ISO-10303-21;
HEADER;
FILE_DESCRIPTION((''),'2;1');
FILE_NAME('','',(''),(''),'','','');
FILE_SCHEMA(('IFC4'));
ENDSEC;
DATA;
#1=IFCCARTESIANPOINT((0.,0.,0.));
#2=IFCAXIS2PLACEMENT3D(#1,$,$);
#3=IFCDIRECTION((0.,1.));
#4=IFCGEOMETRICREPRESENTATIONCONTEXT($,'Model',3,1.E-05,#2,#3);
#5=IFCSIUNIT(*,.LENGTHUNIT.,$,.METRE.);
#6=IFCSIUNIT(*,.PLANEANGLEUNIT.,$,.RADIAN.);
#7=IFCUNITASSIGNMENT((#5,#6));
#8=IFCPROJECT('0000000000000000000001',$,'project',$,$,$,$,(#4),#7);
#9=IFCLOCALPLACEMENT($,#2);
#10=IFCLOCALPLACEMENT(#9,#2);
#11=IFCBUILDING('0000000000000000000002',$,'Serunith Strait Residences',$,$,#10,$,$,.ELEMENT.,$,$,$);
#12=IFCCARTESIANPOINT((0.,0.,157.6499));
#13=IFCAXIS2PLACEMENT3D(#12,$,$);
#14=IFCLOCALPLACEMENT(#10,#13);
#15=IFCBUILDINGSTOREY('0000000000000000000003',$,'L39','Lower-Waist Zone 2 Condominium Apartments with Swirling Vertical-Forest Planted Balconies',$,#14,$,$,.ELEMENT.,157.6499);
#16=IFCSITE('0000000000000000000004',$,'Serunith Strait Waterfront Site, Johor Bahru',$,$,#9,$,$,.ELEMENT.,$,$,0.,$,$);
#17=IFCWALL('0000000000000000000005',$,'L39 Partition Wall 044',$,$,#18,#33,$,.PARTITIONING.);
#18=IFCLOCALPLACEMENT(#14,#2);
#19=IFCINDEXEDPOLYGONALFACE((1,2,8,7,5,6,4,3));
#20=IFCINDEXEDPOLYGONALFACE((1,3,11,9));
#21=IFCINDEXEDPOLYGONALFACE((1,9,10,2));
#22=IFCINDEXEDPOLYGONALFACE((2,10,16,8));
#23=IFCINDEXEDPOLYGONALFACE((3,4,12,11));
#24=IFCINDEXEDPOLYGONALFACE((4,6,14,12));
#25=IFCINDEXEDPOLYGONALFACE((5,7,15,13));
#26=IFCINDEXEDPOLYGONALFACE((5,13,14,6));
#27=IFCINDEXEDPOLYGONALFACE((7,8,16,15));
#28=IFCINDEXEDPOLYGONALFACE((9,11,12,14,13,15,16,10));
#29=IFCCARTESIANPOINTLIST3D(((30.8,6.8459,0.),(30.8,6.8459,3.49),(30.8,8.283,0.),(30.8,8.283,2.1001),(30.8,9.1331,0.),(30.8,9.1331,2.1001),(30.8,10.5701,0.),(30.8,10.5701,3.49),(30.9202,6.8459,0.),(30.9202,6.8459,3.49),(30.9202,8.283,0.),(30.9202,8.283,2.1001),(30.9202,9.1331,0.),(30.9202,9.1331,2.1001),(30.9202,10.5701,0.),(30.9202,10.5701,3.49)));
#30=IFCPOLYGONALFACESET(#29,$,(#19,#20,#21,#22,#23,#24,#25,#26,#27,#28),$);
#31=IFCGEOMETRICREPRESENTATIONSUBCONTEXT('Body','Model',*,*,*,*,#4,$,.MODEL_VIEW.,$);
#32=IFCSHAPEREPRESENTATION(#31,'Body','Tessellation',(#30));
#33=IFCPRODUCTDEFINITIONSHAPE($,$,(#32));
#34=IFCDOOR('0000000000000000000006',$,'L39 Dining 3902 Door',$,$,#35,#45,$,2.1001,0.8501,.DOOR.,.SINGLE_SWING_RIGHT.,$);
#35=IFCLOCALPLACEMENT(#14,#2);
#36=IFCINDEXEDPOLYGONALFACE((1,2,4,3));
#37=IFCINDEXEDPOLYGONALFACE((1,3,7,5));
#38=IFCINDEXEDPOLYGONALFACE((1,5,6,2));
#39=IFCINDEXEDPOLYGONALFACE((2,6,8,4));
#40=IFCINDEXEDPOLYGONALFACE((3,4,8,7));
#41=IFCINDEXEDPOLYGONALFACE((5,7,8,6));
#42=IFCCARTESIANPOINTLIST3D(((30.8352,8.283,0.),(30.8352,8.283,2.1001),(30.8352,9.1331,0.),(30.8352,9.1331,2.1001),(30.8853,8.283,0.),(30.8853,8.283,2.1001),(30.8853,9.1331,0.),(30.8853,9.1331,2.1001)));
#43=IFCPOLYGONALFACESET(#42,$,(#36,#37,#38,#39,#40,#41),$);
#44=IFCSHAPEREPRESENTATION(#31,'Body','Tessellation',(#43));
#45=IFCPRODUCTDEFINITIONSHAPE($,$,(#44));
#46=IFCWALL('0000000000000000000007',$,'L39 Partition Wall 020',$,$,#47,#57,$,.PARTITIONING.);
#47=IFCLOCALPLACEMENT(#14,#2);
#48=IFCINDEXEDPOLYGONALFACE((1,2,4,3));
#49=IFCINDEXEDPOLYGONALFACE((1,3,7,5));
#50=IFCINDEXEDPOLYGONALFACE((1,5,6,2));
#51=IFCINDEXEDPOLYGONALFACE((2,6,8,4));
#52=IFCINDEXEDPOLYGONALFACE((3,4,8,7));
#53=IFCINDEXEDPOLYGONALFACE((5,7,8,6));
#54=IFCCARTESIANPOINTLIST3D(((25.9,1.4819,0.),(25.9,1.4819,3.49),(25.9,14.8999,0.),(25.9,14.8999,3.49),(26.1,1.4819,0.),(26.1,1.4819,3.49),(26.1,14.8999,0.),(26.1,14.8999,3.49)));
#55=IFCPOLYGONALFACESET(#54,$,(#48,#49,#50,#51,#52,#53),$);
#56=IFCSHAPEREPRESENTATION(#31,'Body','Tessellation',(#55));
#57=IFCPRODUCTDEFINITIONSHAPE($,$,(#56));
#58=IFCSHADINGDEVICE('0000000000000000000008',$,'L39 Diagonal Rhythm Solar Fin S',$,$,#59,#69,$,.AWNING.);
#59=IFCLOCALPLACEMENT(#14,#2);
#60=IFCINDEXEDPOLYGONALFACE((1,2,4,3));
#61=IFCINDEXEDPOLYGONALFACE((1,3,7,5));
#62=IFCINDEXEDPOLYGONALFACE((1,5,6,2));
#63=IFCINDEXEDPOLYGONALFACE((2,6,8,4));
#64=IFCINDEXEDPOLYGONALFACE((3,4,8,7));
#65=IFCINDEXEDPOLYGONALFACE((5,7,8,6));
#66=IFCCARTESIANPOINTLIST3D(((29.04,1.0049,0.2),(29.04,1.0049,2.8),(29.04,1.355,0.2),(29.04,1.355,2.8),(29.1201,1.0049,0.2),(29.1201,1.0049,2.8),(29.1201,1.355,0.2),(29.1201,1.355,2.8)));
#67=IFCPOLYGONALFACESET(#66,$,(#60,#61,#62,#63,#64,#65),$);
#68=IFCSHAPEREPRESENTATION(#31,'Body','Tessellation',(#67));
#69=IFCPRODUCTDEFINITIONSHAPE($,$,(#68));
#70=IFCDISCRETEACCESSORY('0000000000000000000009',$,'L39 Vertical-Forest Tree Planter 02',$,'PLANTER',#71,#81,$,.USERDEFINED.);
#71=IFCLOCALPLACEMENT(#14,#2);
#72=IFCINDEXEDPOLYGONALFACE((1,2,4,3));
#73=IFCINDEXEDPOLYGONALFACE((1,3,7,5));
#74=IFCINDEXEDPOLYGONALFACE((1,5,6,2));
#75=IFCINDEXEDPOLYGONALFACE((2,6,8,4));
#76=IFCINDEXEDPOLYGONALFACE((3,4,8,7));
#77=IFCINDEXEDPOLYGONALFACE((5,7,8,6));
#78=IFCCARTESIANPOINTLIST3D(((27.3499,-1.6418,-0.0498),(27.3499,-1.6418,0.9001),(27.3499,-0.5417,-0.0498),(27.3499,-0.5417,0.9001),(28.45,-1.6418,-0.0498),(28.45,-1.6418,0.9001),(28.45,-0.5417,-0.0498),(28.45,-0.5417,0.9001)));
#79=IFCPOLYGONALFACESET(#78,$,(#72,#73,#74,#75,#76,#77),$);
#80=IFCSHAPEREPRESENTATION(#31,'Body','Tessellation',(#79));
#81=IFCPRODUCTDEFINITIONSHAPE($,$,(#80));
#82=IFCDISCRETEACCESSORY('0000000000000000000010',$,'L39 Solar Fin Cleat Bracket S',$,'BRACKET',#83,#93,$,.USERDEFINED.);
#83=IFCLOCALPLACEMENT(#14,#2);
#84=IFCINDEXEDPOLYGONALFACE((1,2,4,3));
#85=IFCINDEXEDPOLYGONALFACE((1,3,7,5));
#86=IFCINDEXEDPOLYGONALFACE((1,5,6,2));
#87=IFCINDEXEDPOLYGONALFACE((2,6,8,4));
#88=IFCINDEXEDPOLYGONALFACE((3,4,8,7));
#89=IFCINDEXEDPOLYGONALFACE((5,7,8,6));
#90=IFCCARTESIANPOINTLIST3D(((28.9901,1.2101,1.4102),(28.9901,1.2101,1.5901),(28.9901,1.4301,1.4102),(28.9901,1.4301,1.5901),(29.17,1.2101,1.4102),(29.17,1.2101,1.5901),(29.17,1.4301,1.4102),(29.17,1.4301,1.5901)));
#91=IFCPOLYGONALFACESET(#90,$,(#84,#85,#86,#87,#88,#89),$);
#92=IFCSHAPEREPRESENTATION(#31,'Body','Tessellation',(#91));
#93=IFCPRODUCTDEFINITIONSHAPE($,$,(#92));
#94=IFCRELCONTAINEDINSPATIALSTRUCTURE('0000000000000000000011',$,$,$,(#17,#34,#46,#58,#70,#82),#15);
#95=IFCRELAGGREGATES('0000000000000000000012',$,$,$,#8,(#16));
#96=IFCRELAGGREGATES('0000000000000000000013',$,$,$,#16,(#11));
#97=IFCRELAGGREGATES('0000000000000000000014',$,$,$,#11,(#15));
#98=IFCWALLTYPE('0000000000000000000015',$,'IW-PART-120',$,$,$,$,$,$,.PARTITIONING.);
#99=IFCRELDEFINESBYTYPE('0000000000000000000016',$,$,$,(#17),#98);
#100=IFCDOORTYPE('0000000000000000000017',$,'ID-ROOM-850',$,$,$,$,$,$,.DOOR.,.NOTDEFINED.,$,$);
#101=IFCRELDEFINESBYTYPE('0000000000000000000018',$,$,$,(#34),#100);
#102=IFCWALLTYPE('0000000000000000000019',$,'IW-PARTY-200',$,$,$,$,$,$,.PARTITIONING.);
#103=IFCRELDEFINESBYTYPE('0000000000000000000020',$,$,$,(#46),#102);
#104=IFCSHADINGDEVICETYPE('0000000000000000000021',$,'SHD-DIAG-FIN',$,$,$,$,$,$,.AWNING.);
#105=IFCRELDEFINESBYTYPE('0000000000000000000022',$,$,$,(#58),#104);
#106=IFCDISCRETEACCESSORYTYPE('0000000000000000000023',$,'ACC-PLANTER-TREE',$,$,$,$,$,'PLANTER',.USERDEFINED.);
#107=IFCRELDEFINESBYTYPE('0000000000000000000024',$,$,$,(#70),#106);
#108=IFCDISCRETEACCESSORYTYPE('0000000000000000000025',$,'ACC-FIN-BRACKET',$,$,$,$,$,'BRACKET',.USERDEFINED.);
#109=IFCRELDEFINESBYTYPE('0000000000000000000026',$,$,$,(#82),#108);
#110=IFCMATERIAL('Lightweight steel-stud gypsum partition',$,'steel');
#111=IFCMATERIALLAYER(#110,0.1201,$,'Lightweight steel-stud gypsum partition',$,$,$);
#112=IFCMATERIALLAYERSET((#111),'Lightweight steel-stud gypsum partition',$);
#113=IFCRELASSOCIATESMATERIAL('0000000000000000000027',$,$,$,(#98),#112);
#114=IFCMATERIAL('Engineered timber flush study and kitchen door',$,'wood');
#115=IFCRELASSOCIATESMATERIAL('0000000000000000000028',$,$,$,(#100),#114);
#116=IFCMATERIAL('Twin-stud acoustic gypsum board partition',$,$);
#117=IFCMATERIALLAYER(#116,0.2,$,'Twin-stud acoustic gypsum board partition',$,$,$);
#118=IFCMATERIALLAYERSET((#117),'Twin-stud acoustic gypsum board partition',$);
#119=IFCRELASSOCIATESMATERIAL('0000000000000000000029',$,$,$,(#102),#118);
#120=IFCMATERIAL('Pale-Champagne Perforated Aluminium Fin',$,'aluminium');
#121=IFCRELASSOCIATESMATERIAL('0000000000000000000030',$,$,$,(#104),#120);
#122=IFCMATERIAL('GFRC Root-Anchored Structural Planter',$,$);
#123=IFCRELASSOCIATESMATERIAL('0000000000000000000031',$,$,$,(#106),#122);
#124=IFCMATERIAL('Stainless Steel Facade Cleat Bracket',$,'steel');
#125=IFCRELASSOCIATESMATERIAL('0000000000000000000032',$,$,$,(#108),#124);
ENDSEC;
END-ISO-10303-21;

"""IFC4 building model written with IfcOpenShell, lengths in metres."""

from ifc_helpers import new_model, si_unit, direction, frame, frame_2d, origin, origin_2d, place, context, subcontext, project, spatial, rectangle, extrude, source, transform, mapped, material, layer, layer_set, type_object, element, fill, save


model = new_model("IFC4")

# Units and contexts
model_context = context("Model", 3, precision=1e-05, world=origin(), true_north=direction((0.0, 1.0)))
body_context = subcontext(model_context, "Body", "Model", "MODEL_VIEW")
ifc_project = project(units=[si_unit("LENGTHUNIT", "METRE"), si_unit("PLANEANGLEUNIT", "RADIAN")], contexts=[model_context])

# Site, building, storey
site_placement = place(None, origin())
site = spatial("IfcSite", under=ifc_project, at=site_placement, Name="Serunith Strait Waterfront Site, Johor Bahru", CompositionType="ELEMENT", RefElevation=0.0)
building_placement = place(site_placement, origin())
building = spatial("IfcBuilding", under=site, at=building_placement, Name="Serunith Strait Residences", CompositionType="ELEMENT")
storey_placement = place(building_placement, frame((0.0, 0.0, 157.6499)))
storey = spatial("IfcBuildingStorey", under=building, at=storey_placement, Name="L39", Description="Lower-Waist Zone 2 Condominium Apartments with Swirling Vertical-Forest Planted Balconies", CompositionType="ELEMENT", Elevation=157.6499)

# Shared definitions
ifc_material_1 = material(Name="Lightweight steel-stud gypsum partition", Category="steel")
ifc_layer_1 = layer(ifc_material_1, 0.1201, Name="Lightweight steel-stud gypsum partition")
ifc_layer_set_1 = layer_set([ifc_layer_1], Name="Lightweight steel-stud gypsum partition")
wall_type_1 = type_object("IfcWallType", Name="IW-PART-120", PredefinedType="PARTITIONING", material=ifc_layer_set_1)
ifc_material_2 = material(Name="Engineered timber flush study and kitchen door", Category="wood")
door_type_1 = type_object("IfcDoorType", Name="ID-ROOM-850", OperationType="NOTDEFINED", PredefinedType="DOOR", material=ifc_material_2)
shared_shape_1 = source(origin(), body_context, "Body", "SweptSolid", [
    extrude(rectangle(XDim=0.8501, YDim=2.1001, at=frame_2d((0.425, 1.05))), frame((0.0, 0.0249, 0.0), z_axis=(0.0, -1.0, 0.0), x_axis=(1.0, 0.0, 0.0)), (0.0, 0.0, 1.0), 0.05),
])

# Wall, opening, door
wall_1_placement = place(storey_placement, frame((30.8601, 6.8459, 0.0), z_axis=(0.0, 0.0, 1.0), x_axis=(0.0, 1.0, 0.0)))
wall_1 = element("IfcWall", 1, at=wall_1_placement, inside=storey, type_object=wall_type_1, Name="L39 Partition Wall 044", PredefinedType="PARTITIONING", context=body_context, shape_type="SweptSolid", body=[
    extrude(rectangle(XDim=3.7241, YDim=0.1201, at=frame_2d((1.8621, 0.0))), origin(), (0.0, 0.0, 1.0), 3.49),
])
opening_1_placement = place(wall_1_placement, frame((1.437, 0.0, 0.0)))
opening_1 = element("IfcOpeningElement", 2, at=opening_1_placement, cuts=wall_1, PredefinedType="OPENING", context=body_context, shape_type="SweptSolid", body=[
    extrude(rectangle(XDim=0.8501, YDim=2.1001, at=frame_2d((0.425, 1.05))), frame((0.0, 0.0701, 0.0), z_axis=(0.0, -1.0, 0.0), x_axis=(1.0, 0.0, 0.0)), (0.0, 0.0, 1.0), 0.1401),
])
door_1_placement = place(opening_1_placement, origin())
door_1 = element("IfcDoor", 3, at=door_1_placement, inside=storey, type_object=door_type_1, Name="L39 Dining 3902 Door", OperationType="SINGLE_SWING_RIGHT", OverallHeight=2.1001, OverallWidth=0.8501, PredefinedType="DOOR", context=body_context, shape_type="MappedRepresentation", body=[
    mapped(shared_shape_1, transform((0.0, 0.0, 0.0), scale=1.0)),
])
fill(opening_1, door_1)

# Wall
ifc_material_3 = material(Name="Twin-stud acoustic gypsum board partition")
ifc_layer_2 = layer(ifc_material_3, 0.2, Name="Twin-stud acoustic gypsum board partition")
ifc_layer_set_2 = layer_set([ifc_layer_2], Name="Twin-stud acoustic gypsum board partition")
wall_type_2 = type_object("IfcWallType", Name="IW-PARTY-200", PredefinedType="PARTITIONING", material=ifc_layer_set_2)
wall_2_placement = place(storey_placement, frame((26.0, 1.4819, 0.0), z_axis=(0.0, 0.0, 1.0), x_axis=(0.0, 1.0, 0.0)))
element("IfcWall", 4, at=wall_2_placement, inside=storey, type_object=wall_type_2, Name="L39 Partition Wall 020", PredefinedType="PARTITIONING", context=body_context, shape_type="SweptSolid", body=[
    extrude(rectangle(XDim=13.418, YDim=0.2, at=frame_2d((6.709, 0.0))), origin(), (0.0, 0.0, 1.0), 3.49),
])

# Shading device
ifc_material_4 = material(Name="Pale-Champagne Perforated Aluminium Fin", Category="aluminium")
shading_device_type = type_object("IfcShadingDeviceType", Name="SHD-DIAG-FIN", PredefinedType="AWNING", material=ifc_material_4)
shared_shape_2 = source(origin(), body_context, "Body", "SweptSolid", [
    extrude(rectangle(XDim=0.0801, YDim=0.3501, at=origin_2d()), origin(), (0.0, 0.0, 1.0), 2.6001),
])
shading_device_placement = place(storey_placement, frame((29.0801, 1.1799, 0.2), z_axis=(0.0, 0.0, 1.0), x_axis=(1.0, 0.0, 0.0)))
element("IfcShadingDevice", 5, at=shading_device_placement, inside=storey, type_object=shading_device_type, Name="L39 Diagonal Rhythm Solar Fin S", PredefinedType="AWNING", context=body_context, shape_type="MappedRepresentation", body=[
    mapped(shared_shape_2, transform((0.0, 0.0, 0.0), scale=1.0)),
])

# Discrete accessories
ifc_material_5 = material(Name="GFRC Root-Anchored Structural Planter")
discrete_accessory_type_1 = type_object("IfcDiscreteAccessoryType", Name="ACC-PLANTER-TREE", ElementType="PLANTER", PredefinedType="USERDEFINED", material=ifc_material_5)
shared_shape_3 = source(origin(), body_context, "Body", "SweptSolid", [
    extrude(rectangle(XDim=1.1001, YDim=1.1001, at=origin_2d()), origin(), (0.0, 0.0, 1.0), 0.95),
])
discrete_accessory_1_placement = place(storey_placement, frame((27.8999, -1.0918, -0.0498), z_axis=(0.0, 0.0, 1.0), x_axis=(1.0, 0.0, 0.0)))
element("IfcDiscreteAccessory", 6, at=discrete_accessory_1_placement, inside=storey, type_object=discrete_accessory_type_1, Name="L39 Vertical-Forest Tree Planter 02", ObjectType="PLANTER", PredefinedType="USERDEFINED", context=body_context, shape_type="MappedRepresentation", body=[
    mapped(shared_shape_3, transform((0.0, 0.0, 0.0), scale=1.0)),
])
ifc_material_6 = material(Name="Stainless Steel Facade Cleat Bracket", Category="steel")
discrete_accessory_type_2 = type_object("IfcDiscreteAccessoryType", Name="ACC-FIN-BRACKET", ElementType="BRACKET", PredefinedType="USERDEFINED", material=ifc_material_6)
shared_shape_4 = source(origin(), body_context, "Body", "SweptSolid", [
    extrude(rectangle(XDim=0.1799, YDim=0.22, at=origin_2d()), origin(), (0.0, 0.0, 1.0), 0.1799),
])
discrete_accessory_2_placement = place(storey_placement, frame((29.0801, 1.3201, 1.4102), z_axis=(0.0, 0.0, 1.0), x_axis=(1.0, 0.0, 0.0)))
element("IfcDiscreteAccessory", 7, at=discrete_accessory_2_placement, inside=storey, type_object=discrete_accessory_type_2, Name="L39 Solar Fin Cleat Bracket S", ObjectType="BRACKET", PredefinedType="USERDEFINED", context=body_context, shape_type="MappedRepresentation", body=[
    mapped(shared_shape_4, transform((0.0, 0.0, 0.0), scale=1.0)),
])

save(model, "model.ifc")
